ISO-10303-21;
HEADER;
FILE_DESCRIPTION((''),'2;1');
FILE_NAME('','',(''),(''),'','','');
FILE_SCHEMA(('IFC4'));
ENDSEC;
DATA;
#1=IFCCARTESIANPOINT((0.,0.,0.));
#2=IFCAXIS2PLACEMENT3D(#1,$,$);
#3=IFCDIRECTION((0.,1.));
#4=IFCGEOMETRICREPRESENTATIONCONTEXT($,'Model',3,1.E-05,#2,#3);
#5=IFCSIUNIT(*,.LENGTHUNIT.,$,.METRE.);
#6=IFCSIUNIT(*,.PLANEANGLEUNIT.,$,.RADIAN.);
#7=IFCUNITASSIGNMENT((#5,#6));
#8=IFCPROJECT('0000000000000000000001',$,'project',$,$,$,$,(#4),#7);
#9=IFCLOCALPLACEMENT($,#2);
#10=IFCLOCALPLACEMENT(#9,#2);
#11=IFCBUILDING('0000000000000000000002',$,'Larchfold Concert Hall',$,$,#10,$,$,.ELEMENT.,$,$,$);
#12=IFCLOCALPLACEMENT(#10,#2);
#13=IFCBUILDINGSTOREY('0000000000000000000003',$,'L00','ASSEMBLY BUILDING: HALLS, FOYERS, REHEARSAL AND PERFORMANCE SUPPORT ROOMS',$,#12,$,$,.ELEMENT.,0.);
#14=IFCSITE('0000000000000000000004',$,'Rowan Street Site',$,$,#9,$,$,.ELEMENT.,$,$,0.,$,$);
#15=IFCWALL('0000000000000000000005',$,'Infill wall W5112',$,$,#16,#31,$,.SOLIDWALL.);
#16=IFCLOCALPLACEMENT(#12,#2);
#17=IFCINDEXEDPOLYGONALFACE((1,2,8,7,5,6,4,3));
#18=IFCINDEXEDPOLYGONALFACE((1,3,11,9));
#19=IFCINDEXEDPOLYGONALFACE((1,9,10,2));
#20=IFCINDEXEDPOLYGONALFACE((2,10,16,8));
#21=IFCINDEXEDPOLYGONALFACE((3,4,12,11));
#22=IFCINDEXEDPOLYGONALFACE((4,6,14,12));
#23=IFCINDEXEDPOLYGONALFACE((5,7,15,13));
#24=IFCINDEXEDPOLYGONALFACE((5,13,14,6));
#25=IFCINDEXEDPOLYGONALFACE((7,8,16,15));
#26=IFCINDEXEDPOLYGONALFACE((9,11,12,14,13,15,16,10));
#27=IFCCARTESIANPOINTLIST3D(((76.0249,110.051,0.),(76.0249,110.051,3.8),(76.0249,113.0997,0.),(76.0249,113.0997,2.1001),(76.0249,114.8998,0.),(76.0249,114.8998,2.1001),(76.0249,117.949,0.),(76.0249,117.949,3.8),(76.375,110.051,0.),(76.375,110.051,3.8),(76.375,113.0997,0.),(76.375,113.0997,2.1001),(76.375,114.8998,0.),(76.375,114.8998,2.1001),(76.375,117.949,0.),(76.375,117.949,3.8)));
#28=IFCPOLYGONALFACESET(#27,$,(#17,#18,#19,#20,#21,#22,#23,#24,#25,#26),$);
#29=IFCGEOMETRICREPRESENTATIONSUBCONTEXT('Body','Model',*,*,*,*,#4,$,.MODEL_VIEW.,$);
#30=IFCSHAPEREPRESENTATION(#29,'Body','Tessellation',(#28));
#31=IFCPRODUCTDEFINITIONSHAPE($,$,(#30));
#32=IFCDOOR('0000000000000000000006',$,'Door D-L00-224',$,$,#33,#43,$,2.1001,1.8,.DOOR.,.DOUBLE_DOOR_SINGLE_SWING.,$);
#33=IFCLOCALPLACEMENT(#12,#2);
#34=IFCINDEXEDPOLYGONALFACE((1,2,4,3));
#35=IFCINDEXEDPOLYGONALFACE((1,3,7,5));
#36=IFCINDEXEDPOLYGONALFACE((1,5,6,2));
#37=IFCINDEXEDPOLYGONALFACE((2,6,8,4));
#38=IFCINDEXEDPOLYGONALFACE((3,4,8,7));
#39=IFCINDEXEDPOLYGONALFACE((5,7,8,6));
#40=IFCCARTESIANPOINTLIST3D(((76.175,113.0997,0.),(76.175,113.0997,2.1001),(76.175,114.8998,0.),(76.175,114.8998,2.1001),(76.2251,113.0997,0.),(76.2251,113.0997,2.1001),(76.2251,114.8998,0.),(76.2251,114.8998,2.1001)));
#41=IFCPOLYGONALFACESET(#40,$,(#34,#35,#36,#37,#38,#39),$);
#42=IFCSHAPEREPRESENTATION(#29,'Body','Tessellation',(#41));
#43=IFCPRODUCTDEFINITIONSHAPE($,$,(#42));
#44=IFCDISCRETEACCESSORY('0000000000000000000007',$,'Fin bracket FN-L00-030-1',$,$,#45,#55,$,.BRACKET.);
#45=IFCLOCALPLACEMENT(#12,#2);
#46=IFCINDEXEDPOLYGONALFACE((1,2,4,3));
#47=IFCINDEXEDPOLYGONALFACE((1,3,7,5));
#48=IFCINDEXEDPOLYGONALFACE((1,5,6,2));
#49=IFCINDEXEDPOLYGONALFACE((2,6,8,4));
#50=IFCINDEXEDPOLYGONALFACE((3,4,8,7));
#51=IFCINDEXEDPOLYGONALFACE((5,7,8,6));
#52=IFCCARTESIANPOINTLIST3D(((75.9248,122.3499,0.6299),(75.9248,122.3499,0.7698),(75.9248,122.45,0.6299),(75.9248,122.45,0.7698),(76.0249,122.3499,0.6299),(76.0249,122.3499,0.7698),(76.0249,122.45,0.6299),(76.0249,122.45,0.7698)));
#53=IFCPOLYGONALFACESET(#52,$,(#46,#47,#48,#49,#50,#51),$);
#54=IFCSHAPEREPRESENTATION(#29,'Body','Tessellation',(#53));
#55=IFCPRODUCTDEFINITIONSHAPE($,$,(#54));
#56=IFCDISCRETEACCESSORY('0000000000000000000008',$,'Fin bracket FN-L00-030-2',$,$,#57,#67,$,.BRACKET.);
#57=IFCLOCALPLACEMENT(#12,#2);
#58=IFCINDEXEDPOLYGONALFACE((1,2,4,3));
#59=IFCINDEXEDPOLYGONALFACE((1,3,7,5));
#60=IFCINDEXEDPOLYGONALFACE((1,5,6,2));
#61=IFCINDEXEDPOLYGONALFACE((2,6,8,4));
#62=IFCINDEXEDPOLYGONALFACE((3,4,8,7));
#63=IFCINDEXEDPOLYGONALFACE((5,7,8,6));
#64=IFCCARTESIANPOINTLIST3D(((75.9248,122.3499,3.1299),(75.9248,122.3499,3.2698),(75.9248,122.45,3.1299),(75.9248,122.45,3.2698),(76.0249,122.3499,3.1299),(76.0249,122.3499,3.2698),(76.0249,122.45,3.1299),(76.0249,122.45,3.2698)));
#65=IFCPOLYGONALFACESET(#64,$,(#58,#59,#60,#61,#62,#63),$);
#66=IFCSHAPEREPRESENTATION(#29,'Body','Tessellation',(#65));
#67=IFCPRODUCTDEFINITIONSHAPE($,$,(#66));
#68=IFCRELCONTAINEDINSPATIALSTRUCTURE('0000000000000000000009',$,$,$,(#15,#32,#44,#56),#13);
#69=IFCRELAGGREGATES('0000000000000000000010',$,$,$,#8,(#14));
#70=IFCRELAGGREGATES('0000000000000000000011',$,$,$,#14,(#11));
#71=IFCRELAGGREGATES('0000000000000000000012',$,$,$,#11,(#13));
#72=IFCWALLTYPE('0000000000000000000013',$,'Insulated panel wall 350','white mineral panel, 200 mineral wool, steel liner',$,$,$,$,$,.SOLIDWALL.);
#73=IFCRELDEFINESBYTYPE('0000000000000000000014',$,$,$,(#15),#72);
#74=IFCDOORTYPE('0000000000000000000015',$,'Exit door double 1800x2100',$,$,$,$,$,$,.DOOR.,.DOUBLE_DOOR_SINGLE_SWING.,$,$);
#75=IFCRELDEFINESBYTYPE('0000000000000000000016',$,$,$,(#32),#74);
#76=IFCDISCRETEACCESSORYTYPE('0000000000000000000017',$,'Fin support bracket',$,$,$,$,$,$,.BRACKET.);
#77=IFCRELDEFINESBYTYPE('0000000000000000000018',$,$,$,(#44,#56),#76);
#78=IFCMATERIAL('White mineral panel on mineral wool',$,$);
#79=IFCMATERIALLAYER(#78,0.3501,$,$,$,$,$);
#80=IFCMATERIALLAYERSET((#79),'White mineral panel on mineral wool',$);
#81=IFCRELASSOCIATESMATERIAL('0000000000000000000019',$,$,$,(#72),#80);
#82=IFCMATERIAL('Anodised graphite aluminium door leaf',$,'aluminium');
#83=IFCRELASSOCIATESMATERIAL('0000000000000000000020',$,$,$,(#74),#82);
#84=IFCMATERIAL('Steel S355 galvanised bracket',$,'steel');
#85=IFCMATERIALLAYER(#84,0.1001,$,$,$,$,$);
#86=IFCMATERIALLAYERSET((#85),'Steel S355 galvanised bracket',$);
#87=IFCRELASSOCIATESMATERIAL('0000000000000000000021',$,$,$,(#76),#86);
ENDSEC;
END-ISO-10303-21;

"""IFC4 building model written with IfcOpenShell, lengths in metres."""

from ifc_helpers import new_model, si_unit, direction, frame, frame_2d, origin, origin_2d, place, context, subcontext, project, spatial, rectangle, extrude, material, layer, layer_set, type_object, element, fill, save


model = new_model("IFC4")

# Units and contexts
model_context = context("Model", 3, precision=1e-05, world=origin(), true_north=direction((0.0, 1.0)))
body_context = subcontext(model_context, "Body", "Model", "MODEL_VIEW")
ifc_project = project(units=[si_unit("LENGTHUNIT", "METRE"), si_unit("PLANEANGLEUNIT", "RADIAN")], contexts=[model_context])

# Site, building, storey
site_placement = place(None, origin())
site = spatial("IfcSite", under=ifc_project, at=site_placement, Name="Rowan Street Site", CompositionType="ELEMENT", RefElevation=0.0)
building_placement = place(site_placement, origin())
building = spatial("IfcBuilding", under=site, at=building_placement, Name="Larchfold Concert Hall", CompositionType="ELEMENT")
storey_placement = place(building_placement, origin())
storey = spatial("IfcBuildingStorey", under=building, at=storey_placement, Name="L00", Description="ASSEMBLY BUILDING: HALLS, FOYERS, REHEARSAL AND PERFORMANCE SUPPORT ROOMS", CompositionType="ELEMENT", Elevation=0.0)

# Shared definitions
ifc_material_1 = material(Name="White mineral panel on mineral wool")
ifc_layer_1 = layer(ifc_material_1, 0.3501)
ifc_layer_set_1 = layer_set([ifc_layer_1], Name="White mineral panel on mineral wool")
wall_type = type_object("IfcWallType", Name="Insulated panel wall 350", Description="white mineral panel, 200 mineral wool, steel liner", PredefinedType="SOLIDWALL", material=ifc_layer_set_1)

# Wall, opening, door
wall_1_placement = place(storey_placement, frame((76.2, 117.949, 0.0), z_axis=(0.0, 0.0, 1.0), x_axis=(0.0, -1.0, 0.0)))
wall_1 = element("IfcWall", 1, at=wall_1_placement, inside=storey, type_object=wall_type, Name="Infill wall W5112", PredefinedType="SOLIDWALL", context=body_context, shape_type="SweptSolid", body=[
    extrude(rectangle(XDim=7.8979, YDim=0.3501, at=frame_2d((3.949, 0.0))), origin(), (0.0, 0.0, 1.0), 3.8),
])
opening_placement = place(wall_1_placement, frame((4.8491, 0.0, 0.0), z_axis=(0.0, 0.0, 1.0), x_axis=(-1.0, 0.0, 0.0)))
opening = element("IfcOpeningElement", 2, at=opening_placement, cuts=wall_1, PredefinedType="OPENING", context=body_context, shape_type="SweptSolid", body=[
    extrude(rectangle(XDim=1.8, YDim=2.1001, at=frame_2d((0.8999, 1.05))), frame((0.0, 0.1851, 0.0), z_axis=(0.0, -1.0, 0.0), x_axis=(1.0, 0.0, 0.0)), (0.0, 0.0, 1.0), 0.3701),
])
ifc_material_2 = material(Name="Anodised graphite aluminium door leaf", Category="aluminium")
door_type = type_object("IfcDoorType", Name="Exit door double 1800x2100", OperationType="DOUBLE_DOOR_SINGLE_SWING", PredefinedType="DOOR", material=ifc_material_2)
door_placement = place(opening_placement, origin())
door = element("IfcDoor", 3, at=door_placement, inside=storey, type_object=door_type, Name="Door D-L00-224", OperationType="DOUBLE_DOOR_SINGLE_SWING", OverallHeight=2.1001, OverallWidth=1.8, PredefinedType="DOOR", context=body_context, shape_type="SweptSolid", body=[
    extrude(rectangle(XDim=1.8, YDim=2.1001, at=frame_2d((0.8999, 1.05))), frame((0.0, 0.0249, 0.0), z_axis=(0.0, -1.0, 0.0), x_axis=(1.0, 0.0, 0.0)), (0.0, 0.0, 1.0), 0.05),
])
fill(opening, door)

# Discrete accessories
ifc_material_3 = material(Name="Steel S355 galvanised bracket", Category="steel")
ifc_layer_2 = layer(ifc_material_3, 0.1001)
ifc_layer_set_2 = layer_set([ifc_layer_2], Name="Steel S355 galvanised bracket")
discrete_accessory_type = type_object("IfcDiscreteAccessoryType", Name="Fin support bracket", PredefinedType="BRACKET", material=ifc_layer_set_2)
for number, where, z_axis, x_axis, name in (
    (4, (75.9749, 122.3999, 0.6299), (0.0, 0.0, 1.0), (-1.0, 0.0, 0.0), "Fin bracket FN-L00-030-1"),
    (5, (75.9749, 122.3999, 3.1299), (0.0, 0.0, 1.0), (-1.0, 0.0, 0.0), "Fin bracket FN-L00-030-2"),
):
    element("IfcDiscreteAccessory", number, at=place(storey_placement, frame(where, z_axis=z_axis, x_axis=x_axis)), inside=storey, type_object=discrete_accessory_type, Name=name, PredefinedType="BRACKET", context=body_context, shape_type="SweptSolid", body=[
        extrude(rectangle(XDim=0.1001, YDim=0.1001, at=origin_2d()), origin(), (0.0, 0.0, 1.0), 0.1399),
    ])

save(model, "model.ifc")
